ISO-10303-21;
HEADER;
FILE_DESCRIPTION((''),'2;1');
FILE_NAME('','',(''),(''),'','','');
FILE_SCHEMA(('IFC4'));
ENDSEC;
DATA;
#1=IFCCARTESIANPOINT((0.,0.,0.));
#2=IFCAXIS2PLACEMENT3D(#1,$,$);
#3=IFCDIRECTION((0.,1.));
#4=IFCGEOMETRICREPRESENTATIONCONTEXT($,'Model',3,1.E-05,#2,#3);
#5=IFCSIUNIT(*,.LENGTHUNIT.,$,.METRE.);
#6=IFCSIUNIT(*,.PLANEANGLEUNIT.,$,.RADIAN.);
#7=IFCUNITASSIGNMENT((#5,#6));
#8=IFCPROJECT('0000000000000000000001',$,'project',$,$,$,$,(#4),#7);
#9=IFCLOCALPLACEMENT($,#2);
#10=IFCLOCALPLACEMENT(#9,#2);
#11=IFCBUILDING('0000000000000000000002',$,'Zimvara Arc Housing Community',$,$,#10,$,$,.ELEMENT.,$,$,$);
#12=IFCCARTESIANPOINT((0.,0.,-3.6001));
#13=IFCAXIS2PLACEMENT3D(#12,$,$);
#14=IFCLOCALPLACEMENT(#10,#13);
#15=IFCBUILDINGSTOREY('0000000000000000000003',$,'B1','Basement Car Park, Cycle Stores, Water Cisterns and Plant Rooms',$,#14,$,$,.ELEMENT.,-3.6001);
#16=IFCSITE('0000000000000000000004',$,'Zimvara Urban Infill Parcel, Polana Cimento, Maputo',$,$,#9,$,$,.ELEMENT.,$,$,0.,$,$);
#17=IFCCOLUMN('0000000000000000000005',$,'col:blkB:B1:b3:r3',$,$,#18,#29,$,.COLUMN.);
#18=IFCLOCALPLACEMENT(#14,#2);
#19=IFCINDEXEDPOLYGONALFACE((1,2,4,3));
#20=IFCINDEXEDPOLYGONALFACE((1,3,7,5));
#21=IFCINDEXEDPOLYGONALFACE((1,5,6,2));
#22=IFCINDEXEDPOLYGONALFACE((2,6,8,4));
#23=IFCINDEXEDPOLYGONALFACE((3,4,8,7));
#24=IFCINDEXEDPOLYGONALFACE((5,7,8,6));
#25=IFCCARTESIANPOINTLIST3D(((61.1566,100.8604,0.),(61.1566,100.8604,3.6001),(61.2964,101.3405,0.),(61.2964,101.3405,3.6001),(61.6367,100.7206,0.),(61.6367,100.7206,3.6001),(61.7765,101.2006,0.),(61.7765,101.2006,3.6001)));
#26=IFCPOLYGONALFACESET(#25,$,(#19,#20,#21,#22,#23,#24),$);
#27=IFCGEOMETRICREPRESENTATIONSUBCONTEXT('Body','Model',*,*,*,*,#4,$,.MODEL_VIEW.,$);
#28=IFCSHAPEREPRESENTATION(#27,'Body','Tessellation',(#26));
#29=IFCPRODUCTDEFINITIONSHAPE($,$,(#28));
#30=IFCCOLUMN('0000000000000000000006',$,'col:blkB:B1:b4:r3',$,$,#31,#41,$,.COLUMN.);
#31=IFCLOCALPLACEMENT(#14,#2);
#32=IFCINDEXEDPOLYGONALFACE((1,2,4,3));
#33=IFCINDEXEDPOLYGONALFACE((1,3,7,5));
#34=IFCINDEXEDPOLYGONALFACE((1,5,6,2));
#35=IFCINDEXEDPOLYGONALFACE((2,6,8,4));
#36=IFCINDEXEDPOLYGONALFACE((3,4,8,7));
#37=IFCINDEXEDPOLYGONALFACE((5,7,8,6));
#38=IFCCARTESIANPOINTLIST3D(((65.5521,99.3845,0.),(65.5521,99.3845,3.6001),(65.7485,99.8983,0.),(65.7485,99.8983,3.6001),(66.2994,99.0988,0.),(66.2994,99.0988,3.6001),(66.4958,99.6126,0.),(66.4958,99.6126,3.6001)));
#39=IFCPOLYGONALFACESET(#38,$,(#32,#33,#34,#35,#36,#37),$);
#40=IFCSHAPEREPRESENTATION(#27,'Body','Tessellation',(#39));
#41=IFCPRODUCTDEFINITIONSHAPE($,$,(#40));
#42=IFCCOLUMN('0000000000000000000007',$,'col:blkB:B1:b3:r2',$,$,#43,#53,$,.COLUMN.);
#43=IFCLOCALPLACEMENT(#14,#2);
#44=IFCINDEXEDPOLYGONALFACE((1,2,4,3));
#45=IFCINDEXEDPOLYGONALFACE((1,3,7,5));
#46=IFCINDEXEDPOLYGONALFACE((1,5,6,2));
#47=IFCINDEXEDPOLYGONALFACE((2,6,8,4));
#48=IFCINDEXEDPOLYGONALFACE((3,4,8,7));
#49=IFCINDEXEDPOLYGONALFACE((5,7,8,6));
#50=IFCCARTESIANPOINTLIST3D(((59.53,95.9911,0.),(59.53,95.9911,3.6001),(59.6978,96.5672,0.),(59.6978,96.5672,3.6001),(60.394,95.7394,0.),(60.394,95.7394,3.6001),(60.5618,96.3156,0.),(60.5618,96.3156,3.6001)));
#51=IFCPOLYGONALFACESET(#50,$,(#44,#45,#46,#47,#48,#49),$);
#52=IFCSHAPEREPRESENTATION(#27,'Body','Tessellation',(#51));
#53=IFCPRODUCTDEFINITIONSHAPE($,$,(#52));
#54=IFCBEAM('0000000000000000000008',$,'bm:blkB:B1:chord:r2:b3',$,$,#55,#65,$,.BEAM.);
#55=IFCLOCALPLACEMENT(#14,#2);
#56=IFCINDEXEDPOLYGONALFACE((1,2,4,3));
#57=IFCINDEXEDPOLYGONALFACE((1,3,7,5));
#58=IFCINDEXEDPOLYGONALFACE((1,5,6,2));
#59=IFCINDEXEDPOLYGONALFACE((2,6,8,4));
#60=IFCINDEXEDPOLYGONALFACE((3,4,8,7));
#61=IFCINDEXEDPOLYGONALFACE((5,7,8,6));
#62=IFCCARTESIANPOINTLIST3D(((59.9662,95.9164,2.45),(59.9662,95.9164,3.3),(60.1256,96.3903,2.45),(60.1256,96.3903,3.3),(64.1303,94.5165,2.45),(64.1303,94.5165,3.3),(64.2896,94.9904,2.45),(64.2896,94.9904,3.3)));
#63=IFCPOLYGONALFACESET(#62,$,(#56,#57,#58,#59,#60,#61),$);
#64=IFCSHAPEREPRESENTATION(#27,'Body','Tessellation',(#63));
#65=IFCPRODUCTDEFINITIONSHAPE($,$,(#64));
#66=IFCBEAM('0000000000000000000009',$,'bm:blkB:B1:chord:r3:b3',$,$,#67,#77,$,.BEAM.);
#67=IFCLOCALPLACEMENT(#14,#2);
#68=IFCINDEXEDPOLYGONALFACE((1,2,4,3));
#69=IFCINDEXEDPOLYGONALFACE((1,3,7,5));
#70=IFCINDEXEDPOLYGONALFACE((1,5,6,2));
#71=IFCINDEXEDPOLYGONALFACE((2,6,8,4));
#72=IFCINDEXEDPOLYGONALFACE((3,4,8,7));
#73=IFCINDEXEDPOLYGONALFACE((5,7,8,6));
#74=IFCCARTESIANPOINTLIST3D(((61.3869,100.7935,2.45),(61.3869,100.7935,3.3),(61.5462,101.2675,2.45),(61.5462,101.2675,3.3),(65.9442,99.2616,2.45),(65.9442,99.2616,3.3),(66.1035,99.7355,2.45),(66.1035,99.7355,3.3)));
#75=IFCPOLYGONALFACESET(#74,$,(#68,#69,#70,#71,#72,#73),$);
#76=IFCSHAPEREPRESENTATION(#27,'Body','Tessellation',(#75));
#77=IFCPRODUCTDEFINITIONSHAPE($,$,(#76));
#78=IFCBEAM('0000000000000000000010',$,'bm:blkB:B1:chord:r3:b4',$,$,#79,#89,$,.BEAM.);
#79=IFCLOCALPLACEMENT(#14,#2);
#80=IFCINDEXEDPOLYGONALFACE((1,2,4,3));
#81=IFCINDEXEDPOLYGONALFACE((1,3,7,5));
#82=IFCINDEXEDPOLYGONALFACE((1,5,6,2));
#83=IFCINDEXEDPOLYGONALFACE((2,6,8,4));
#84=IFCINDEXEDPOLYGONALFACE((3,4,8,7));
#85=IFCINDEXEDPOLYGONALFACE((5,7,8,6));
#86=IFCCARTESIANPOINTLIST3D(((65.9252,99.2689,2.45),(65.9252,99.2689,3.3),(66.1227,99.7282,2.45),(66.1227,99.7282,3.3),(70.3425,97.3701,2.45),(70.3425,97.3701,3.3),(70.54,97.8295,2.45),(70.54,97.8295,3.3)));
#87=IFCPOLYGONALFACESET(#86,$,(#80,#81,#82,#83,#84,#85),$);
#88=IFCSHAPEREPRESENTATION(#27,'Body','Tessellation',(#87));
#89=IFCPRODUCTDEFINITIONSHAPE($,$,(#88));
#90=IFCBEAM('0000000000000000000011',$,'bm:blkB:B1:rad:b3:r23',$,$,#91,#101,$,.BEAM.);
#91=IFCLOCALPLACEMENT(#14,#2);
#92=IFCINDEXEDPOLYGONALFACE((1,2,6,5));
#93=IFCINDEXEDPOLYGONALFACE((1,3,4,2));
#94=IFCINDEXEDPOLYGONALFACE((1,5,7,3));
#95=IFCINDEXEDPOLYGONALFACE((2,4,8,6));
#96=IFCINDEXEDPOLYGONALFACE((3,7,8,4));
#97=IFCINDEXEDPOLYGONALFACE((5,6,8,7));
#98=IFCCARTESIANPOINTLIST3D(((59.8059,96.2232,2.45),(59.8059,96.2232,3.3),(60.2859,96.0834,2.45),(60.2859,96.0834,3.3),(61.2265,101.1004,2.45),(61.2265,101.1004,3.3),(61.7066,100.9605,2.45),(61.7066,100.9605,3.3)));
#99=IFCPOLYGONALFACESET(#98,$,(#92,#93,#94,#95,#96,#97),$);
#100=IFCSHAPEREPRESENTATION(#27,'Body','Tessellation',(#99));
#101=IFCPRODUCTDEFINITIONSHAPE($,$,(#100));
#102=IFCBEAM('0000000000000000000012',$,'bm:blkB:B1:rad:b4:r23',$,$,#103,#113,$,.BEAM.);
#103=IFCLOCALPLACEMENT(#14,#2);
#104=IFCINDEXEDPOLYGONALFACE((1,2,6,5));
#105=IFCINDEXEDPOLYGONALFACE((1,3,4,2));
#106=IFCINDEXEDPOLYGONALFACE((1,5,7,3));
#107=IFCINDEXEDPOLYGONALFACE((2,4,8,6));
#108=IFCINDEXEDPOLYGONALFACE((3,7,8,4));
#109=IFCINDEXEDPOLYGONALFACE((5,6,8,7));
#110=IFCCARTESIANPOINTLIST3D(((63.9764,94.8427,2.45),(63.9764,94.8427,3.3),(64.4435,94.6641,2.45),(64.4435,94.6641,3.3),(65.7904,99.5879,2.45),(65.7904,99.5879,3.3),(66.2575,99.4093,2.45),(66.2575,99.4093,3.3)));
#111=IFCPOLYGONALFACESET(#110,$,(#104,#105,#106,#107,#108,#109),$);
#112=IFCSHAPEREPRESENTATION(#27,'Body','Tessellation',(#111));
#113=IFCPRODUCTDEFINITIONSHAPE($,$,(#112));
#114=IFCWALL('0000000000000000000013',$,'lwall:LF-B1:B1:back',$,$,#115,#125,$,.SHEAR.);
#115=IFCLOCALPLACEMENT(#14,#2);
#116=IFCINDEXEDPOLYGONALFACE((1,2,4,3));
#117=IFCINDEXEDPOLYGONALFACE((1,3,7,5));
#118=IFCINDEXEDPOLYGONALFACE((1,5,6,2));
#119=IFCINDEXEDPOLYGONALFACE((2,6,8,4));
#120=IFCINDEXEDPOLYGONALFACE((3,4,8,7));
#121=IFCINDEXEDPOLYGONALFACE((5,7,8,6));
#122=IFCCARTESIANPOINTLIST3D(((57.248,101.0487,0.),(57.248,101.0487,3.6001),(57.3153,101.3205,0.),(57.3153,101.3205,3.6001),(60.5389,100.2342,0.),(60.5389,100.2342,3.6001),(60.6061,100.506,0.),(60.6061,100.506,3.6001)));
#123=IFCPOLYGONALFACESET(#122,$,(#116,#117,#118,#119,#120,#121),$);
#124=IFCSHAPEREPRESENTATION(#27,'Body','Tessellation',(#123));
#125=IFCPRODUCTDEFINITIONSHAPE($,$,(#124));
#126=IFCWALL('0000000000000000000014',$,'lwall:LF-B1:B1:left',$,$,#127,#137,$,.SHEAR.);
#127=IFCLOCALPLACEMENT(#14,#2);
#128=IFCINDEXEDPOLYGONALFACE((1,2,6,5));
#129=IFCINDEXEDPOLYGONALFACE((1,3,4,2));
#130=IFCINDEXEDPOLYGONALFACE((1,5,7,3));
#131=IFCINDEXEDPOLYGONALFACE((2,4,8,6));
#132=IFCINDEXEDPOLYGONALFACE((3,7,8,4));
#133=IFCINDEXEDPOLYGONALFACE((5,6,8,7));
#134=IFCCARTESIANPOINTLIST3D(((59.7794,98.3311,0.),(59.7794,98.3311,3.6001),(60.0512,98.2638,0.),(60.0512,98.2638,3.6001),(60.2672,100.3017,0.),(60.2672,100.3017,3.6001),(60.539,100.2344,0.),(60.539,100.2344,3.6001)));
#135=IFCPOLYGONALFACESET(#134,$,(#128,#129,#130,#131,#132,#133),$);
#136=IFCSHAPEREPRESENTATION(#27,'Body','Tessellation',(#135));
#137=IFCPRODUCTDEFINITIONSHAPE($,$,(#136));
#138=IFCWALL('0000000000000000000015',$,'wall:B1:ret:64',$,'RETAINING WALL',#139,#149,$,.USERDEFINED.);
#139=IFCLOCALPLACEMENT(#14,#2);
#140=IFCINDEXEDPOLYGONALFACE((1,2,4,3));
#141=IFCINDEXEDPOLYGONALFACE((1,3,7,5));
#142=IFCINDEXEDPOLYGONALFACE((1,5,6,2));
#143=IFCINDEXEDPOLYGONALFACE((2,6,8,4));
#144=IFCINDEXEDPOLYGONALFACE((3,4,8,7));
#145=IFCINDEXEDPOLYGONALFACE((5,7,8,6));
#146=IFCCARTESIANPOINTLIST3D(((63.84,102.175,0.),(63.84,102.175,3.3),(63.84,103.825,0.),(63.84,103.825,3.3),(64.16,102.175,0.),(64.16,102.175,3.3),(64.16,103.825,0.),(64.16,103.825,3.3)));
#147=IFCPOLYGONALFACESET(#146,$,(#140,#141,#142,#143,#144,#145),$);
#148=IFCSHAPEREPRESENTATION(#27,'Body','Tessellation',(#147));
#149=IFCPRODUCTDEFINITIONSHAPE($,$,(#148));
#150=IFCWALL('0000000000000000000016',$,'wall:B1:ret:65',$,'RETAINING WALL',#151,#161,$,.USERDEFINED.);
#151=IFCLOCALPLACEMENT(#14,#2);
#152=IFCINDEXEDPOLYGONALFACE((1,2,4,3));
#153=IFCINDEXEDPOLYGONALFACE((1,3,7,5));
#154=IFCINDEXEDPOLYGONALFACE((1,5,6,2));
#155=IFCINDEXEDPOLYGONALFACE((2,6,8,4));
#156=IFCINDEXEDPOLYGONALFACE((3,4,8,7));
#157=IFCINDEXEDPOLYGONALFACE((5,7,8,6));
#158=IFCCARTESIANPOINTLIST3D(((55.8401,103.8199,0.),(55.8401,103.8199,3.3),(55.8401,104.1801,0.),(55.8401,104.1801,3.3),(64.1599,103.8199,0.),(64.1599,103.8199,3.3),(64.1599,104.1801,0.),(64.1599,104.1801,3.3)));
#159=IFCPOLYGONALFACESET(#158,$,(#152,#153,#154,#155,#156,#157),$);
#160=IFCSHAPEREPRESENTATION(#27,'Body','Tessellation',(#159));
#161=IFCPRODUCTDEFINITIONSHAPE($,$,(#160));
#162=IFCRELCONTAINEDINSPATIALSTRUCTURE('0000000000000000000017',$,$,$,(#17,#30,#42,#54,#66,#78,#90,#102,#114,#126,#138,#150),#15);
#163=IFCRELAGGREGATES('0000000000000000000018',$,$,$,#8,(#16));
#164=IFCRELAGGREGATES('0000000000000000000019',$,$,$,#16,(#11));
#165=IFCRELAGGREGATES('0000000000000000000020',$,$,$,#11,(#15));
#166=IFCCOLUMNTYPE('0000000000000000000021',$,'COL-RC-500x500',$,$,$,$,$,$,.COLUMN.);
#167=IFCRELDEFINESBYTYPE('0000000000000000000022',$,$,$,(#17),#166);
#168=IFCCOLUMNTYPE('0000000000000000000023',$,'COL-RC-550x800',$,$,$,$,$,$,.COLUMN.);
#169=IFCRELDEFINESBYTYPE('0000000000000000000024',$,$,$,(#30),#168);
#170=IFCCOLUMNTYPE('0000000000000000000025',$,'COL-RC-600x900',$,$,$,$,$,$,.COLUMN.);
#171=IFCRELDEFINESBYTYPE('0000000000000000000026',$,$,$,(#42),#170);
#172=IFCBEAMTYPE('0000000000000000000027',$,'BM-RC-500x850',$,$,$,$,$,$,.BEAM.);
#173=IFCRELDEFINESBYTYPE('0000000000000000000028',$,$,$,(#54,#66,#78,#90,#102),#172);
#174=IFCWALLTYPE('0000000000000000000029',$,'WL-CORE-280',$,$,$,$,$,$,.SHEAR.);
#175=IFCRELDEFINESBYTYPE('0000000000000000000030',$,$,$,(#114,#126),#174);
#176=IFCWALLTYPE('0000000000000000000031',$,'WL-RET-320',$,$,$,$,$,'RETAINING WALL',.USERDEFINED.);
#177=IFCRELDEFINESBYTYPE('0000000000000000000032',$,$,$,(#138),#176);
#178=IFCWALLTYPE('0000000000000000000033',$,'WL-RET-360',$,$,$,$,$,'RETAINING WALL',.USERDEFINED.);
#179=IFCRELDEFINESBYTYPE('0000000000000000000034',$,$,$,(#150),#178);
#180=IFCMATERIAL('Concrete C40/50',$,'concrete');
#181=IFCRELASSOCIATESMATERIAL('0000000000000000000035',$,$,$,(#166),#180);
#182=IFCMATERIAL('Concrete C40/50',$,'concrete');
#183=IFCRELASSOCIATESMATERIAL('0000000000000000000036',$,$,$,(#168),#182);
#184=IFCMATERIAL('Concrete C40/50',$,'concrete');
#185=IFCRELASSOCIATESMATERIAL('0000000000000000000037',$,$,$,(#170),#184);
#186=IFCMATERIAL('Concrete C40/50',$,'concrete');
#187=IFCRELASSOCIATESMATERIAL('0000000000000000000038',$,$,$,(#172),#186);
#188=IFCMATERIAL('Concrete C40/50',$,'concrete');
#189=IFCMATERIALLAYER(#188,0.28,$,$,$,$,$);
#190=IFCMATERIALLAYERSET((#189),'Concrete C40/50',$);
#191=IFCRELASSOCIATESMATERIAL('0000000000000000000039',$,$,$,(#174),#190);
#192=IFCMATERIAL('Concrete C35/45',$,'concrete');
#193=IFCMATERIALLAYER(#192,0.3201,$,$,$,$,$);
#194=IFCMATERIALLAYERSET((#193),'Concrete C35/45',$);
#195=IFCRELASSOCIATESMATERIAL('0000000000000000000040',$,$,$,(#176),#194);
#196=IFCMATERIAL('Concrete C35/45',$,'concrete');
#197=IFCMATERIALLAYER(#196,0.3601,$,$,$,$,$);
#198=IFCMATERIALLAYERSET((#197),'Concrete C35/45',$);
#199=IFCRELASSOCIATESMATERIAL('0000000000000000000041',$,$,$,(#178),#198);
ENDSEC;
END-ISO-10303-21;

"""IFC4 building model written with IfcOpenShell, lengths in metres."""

from ifc_helpers import new_model, si_unit, direction, frame, frame_2d, origin, origin_2d, place, context, subcontext, project, spatial, rectangle, extrude, material, layer, layer_set, material_profile, profile_set, type_object, element, save


model = new_model("IFC4")

# Units and contexts
model_context = context("Model", 3, precision=1e-05, world=origin(), true_north=direction((0.0, 1.0)))
body_context = subcontext(model_context, "Body", "Model", "MODEL_VIEW")
ifc_project = project(units=[si_unit("LENGTHUNIT", "METRE"), si_unit("PLANEANGLEUNIT", "RADIAN")], contexts=[model_context])

# Site, building, storey
site_placement = place(None, origin())
site = spatial("IfcSite", under=ifc_project, at=site_placement, Name="Zimvara Urban Infill Parcel, Polana Cimento, Maputo", CompositionType="ELEMENT", RefElevation=0.0)
building_placement = place(site_placement, origin())
building = spatial("IfcBuilding", under=site, at=building_placement, Name="Zimvara Arc Housing Community", CompositionType="ELEMENT")
storey_placement = place(building_placement, frame((0.0, 0.0, -3.6001)))
storey = spatial("IfcBuildingStorey", under=building, at=storey_placement, Name="B1", Description="Basement Car Park, Cycle Stores, Water Cisterns and Plant Rooms", CompositionType="ELEMENT", Elevation=-3.6001)

# Columns
ifc_material_1 = material(Name="Concrete C40/50", Category="concrete")
ifc_material_profile_1 = material_profile(ifc_material_1, rectangle(XDim=0.5, YDim=0.5, at=origin_2d()), Name="RC 500x500")
ifc_profile_set_1 = profile_set([ifc_material_profile_1], Name="Concrete C40/50")
column_type_1 = type_object("IfcColumnType", Name="COL-RC-500x500", PredefinedType="COLUMN", material=ifc_profile_set_1)
column_1_placement = place(storey_placement, frame((61.4666, 101.0305, 0.0), z_axis=(0.0, 0.0, 1.0), x_axis=(0.279661, 0.960099, 0.0)))
element("IfcColumn", 1, at=column_1_placement, inside=storey, type_object=column_type_1, Name="col:blkB:B1:b3:r3", PredefinedType="COLUMN", context=body_context, shape_type="SweptSolid", body=[
    extrude(rectangle(XDim=0.5, YDim=0.5, at=origin_2d()), origin(), (0.0, 0.0, 1.0), 3.6001),
])
ifc_material_2 = material(Name="Concrete C40/50", Category="concrete")
ifc_material_profile_2 = material_profile(ifc_material_2, rectangle(XDim=0.55, YDim=0.8, at=origin_2d()), Name="RC 550x800")
ifc_profile_set_2 = profile_set([ifc_material_profile_2], Name="Concrete C40/50")
column_type_2 = type_object("IfcColumnType", Name="COL-RC-550x800", PredefinedType="COLUMN", material=ifc_profile_set_2)
column_2_placement = place(storey_placement, frame((66.0239, 99.4985, 0.0), z_axis=(0.0, 0.0, 1.0), x_axis=(0.357064, 0.93408, 0.0)))
element("IfcColumn", 2, at=column_2_placement, inside=storey, type_object=column_type_2, Name="col:blkB:B1:b4:r3", PredefinedType="COLUMN", context=body_context, shape_type="SweptSolid", body=[
    extrude(rectangle(XDim=0.55, YDim=0.8, at=origin_2d()), origin(), (0.0, 0.0, 1.0), 3.6001),
])
ifc_material_3 = material(Name="Concrete C40/50", Category="concrete")
ifc_material_profile_3 = material_profile(ifc_material_3, rectangle(XDim=0.6001, YDim=0.8999, at=origin_2d()), Name="RC 600x900")
ifc_profile_set_3 = profile_set([ifc_material_profile_3], Name="Concrete C40/50")
column_type_3 = type_object("IfcColumnType", Name="COL-RC-600x900", PredefinedType="COLUMN", material=ifc_profile_set_3)
column_3_placement = place(storey_placement, frame((60.0459, 96.1533, 0.0), z_axis=(0.0, 0.0, 1.0), x_axis=(0.279661, 0.960099, 0.0)))
element("IfcColumn", 3, at=column_3_placement, inside=storey, type_object=column_type_3, Name="col:blkB:B1:b3:r2", PredefinedType="COLUMN", context=body_context, shape_type="SweptSolid", body=[
    extrude(rectangle(XDim=0.6001, YDim=0.8999, at=origin_2d()), origin(), (0.0, 0.0, 1.0), 3.6001),
])

# Beams
ifc_material_4 = material(Name="Concrete C40/50", Category="concrete")
ifc_material_profile_4 = material_profile(ifc_material_4, rectangle(XDim=0.5, YDim=0.8501, at=origin_2d()), Name="RC 500x850")
ifc_profile_set_4 = profile_set([ifc_material_profile_4], Name="Concrete C40/50")
beam_type = type_object("IfcBeamType", Name="BM-RC-500x850", PredefinedType="BEAM", material=ifc_profile_set_4)
beam_1_placement = place(storey_placement, frame((60.0459, 96.1533, 2.875), z_axis=(0.947869, -0.318661, 0.0), x_axis=(0.318661, 0.947869, 0.0)))
element("IfcBeam", 4, at=beam_1_placement, inside=storey, type_object=beam_type, Name="bm:blkB:B1:chord:r2:b3", PredefinedType="BEAM", context=body_context, shape_type="SweptSolid", body=[
    extrude(rectangle(XDim=0.5, YDim=0.8501, at=origin_2d()), origin(), (0.0, 0.0, 1.0), 4.3931),
])
beam_2_placement = place(storey_placement, frame((61.4666, 101.0305, 2.875), z_axis=(0.947878, -0.318634, 0.0), x_axis=(0.318634, 0.947878, 0.0)))
element("IfcBeam", 5, at=beam_2_placement, inside=storey, type_object=beam_type, Name="bm:blkB:B1:chord:r3:b3", PredefinedType="BEAM", context=body_context, shape_type="SweptSolid", body=[
    extrude(rectangle(XDim=0.5, YDim=0.8501, at=origin_2d()), origin(), (0.0, 0.0, 1.0), 4.8079),
])
beam_3_placement = place(storey_placement, frame((66.0239, 99.4985, 2.875), z_axis=(0.918724, -0.3949, 0.0), x_axis=(0.3949, 0.918724, 0.0)))
element("IfcBeam", 6, at=beam_3_placement, inside=storey, type_object=beam_type, Name="bm:blkB:B1:chord:r3:b4", PredefinedType="BEAM", context=body_context, shape_type="SweptSolid", body=[
    extrude(rectangle(XDim=0.5, YDim=0.8501, at=origin_2d()), origin(), (0.0, 0.0, 1.0), 4.8081),
])
beam_4_placement = place(storey_placement, frame((60.0459, 96.1533, 2.875), z_axis=(0.279662, 0.960098, 0.0), x_axis=(-0.960098, 0.279662, 0.0)))
element("IfcBeam", 7, at=beam_4_placement, inside=storey, type_object=beam_type, Name="bm:blkB:B1:rad:b3:r23", PredefinedType="BEAM", context=body_context, shape_type="SweptSolid", body=[
    extrude(rectangle(XDim=0.5, YDim=0.8501, at=origin_2d()), origin(), (0.0, 0.0, 1.0), 5.0798),
])
beam_5_placement = place(storey_placement, frame((64.21, 94.7534, 2.875), z_axis=(0.357078, 0.934074, 0.0), x_axis=(-0.934074, 0.357078, 0.0)))
element("IfcBeam", 8, at=beam_5_placement, inside=storey, type_object=beam_type, Name="bm:blkB:B1:rad:b4:r23", PredefinedType="BEAM", context=body_context, shape_type="SweptSolid", body=[
    extrude(rectangle(XDim=0.5, YDim=0.8501, at=origin_2d()), origin(), (0.0, 0.0, 1.0), 5.0801),
])

# Shared definitions
ifc_material_5 = material(Name="Concrete C40/50", Category="concrete")
ifc_layer_1 = layer(ifc_material_5, 0.28)
ifc_layer_set_1 = layer_set([ifc_layer_1], Name="Concrete C40/50")
wall_type_1 = type_object("IfcWallType", Name="WL-CORE-280", PredefinedType="SHEAR", material=ifc_layer_set_1)

# Walls
wall_1_placement = place(storey_placement, frame((60.5725, 100.3701, 0.0), z_axis=(0.0, 0.0, 1.0), x_axis=(-0.970712, 0.240247, 0.0)))
element("IfcWall", 9, at=wall_1_placement, inside=storey, type_object=wall_type_1, Name="lwall:LF-B1:B1:back", PredefinedType="SHEAR", context=body_context, shape_type="SweptSolid", body=[
    extrude(rectangle(XDim=3.3901, YDim=0.28, at=frame_2d((1.6951, 0.0))), origin(), (0.0, 0.0, 1.0), 3.6001),
])
wall_2_placement = place(storey_placement, frame((59.9153, 98.2974, 0.0), z_axis=(0.0, 0.0, 1.0), x_axis=(0.240299, 0.970699, 0.0)))
element("IfcWall", 10, at=wall_2_placement, inside=storey, type_object=wall_type_1, Name="lwall:LF-B1:B1:left", PredefinedType="SHEAR", context=body_context, shape_type="SweptSolid", body=[
    extrude(rectangle(XDim=2.03, YDim=0.28, at=frame_2d((1.0151, 0.0))), origin(), (0.0, 0.0, 1.0), 3.6001),
])
ifc_material_6 = material(Name="Concrete C35/45", Category="concrete")
ifc_layer_2 = layer(ifc_material_6, 0.3201)
ifc_layer_set_2 = layer_set([ifc_layer_2], Name="Concrete C35/45")
wall_type_2 = type_object("IfcWallType", Name="WL-RET-320", ElementType="RETAINING WALL", PredefinedType="USERDEFINED", material=ifc_layer_set_2)
wall_3_placement = place(storey_placement, frame((64.0, 102.175, 0.0), z_axis=(0.0, 0.0, 1.0), x_axis=(0.0, 1.0, 0.0)))
element("IfcWall", 11, at=wall_3_placement, inside=storey, type_object=wall_type_2, Name="wall:B1:ret:64", ObjectType="RETAINING WALL", PredefinedType="USERDEFINED", context=body_context, shape_type="SweptSolid", body=[
    extrude(rectangle(XDim=1.6499, YDim=0.3201, at=frame_2d((0.825, 0.0))), origin(), (0.0, 0.0, 1.0), 3.3),
])
ifc_material_7 = material(Name="Concrete C35/45", Category="concrete")
ifc_layer_3 = layer(ifc_material_7, 0.3601)
ifc_layer_set_3 = layer_set([ifc_layer_3], Name="Concrete C35/45")
wall_type_3 = type_object("IfcWallType", Name="WL-RET-360", ElementType="RETAINING WALL", PredefinedType="USERDEFINED", material=ifc_layer_set_3)
wall_4_placement = place(storey_placement, frame((64.1599, 104.0, 0.0), z_axis=(0.0, 0.0, 1.0), x_axis=(-1.0, 0.0, 0.0)))
element("IfcWall", 12, at=wall_4_placement, inside=storey, type_object=wall_type_3, Name="wall:B1:ret:65", ObjectType="RETAINING WALL", PredefinedType="USERDEFINED", context=body_context, shape_type="SweptSolid", body=[
    extrude(rectangle(XDim=8.3198, YDim=0.3601, at=frame_2d((4.1599, 0.0))), origin(), (0.0, 0.0, 1.0), 3.3),
])

save(model, "model.ifc")
